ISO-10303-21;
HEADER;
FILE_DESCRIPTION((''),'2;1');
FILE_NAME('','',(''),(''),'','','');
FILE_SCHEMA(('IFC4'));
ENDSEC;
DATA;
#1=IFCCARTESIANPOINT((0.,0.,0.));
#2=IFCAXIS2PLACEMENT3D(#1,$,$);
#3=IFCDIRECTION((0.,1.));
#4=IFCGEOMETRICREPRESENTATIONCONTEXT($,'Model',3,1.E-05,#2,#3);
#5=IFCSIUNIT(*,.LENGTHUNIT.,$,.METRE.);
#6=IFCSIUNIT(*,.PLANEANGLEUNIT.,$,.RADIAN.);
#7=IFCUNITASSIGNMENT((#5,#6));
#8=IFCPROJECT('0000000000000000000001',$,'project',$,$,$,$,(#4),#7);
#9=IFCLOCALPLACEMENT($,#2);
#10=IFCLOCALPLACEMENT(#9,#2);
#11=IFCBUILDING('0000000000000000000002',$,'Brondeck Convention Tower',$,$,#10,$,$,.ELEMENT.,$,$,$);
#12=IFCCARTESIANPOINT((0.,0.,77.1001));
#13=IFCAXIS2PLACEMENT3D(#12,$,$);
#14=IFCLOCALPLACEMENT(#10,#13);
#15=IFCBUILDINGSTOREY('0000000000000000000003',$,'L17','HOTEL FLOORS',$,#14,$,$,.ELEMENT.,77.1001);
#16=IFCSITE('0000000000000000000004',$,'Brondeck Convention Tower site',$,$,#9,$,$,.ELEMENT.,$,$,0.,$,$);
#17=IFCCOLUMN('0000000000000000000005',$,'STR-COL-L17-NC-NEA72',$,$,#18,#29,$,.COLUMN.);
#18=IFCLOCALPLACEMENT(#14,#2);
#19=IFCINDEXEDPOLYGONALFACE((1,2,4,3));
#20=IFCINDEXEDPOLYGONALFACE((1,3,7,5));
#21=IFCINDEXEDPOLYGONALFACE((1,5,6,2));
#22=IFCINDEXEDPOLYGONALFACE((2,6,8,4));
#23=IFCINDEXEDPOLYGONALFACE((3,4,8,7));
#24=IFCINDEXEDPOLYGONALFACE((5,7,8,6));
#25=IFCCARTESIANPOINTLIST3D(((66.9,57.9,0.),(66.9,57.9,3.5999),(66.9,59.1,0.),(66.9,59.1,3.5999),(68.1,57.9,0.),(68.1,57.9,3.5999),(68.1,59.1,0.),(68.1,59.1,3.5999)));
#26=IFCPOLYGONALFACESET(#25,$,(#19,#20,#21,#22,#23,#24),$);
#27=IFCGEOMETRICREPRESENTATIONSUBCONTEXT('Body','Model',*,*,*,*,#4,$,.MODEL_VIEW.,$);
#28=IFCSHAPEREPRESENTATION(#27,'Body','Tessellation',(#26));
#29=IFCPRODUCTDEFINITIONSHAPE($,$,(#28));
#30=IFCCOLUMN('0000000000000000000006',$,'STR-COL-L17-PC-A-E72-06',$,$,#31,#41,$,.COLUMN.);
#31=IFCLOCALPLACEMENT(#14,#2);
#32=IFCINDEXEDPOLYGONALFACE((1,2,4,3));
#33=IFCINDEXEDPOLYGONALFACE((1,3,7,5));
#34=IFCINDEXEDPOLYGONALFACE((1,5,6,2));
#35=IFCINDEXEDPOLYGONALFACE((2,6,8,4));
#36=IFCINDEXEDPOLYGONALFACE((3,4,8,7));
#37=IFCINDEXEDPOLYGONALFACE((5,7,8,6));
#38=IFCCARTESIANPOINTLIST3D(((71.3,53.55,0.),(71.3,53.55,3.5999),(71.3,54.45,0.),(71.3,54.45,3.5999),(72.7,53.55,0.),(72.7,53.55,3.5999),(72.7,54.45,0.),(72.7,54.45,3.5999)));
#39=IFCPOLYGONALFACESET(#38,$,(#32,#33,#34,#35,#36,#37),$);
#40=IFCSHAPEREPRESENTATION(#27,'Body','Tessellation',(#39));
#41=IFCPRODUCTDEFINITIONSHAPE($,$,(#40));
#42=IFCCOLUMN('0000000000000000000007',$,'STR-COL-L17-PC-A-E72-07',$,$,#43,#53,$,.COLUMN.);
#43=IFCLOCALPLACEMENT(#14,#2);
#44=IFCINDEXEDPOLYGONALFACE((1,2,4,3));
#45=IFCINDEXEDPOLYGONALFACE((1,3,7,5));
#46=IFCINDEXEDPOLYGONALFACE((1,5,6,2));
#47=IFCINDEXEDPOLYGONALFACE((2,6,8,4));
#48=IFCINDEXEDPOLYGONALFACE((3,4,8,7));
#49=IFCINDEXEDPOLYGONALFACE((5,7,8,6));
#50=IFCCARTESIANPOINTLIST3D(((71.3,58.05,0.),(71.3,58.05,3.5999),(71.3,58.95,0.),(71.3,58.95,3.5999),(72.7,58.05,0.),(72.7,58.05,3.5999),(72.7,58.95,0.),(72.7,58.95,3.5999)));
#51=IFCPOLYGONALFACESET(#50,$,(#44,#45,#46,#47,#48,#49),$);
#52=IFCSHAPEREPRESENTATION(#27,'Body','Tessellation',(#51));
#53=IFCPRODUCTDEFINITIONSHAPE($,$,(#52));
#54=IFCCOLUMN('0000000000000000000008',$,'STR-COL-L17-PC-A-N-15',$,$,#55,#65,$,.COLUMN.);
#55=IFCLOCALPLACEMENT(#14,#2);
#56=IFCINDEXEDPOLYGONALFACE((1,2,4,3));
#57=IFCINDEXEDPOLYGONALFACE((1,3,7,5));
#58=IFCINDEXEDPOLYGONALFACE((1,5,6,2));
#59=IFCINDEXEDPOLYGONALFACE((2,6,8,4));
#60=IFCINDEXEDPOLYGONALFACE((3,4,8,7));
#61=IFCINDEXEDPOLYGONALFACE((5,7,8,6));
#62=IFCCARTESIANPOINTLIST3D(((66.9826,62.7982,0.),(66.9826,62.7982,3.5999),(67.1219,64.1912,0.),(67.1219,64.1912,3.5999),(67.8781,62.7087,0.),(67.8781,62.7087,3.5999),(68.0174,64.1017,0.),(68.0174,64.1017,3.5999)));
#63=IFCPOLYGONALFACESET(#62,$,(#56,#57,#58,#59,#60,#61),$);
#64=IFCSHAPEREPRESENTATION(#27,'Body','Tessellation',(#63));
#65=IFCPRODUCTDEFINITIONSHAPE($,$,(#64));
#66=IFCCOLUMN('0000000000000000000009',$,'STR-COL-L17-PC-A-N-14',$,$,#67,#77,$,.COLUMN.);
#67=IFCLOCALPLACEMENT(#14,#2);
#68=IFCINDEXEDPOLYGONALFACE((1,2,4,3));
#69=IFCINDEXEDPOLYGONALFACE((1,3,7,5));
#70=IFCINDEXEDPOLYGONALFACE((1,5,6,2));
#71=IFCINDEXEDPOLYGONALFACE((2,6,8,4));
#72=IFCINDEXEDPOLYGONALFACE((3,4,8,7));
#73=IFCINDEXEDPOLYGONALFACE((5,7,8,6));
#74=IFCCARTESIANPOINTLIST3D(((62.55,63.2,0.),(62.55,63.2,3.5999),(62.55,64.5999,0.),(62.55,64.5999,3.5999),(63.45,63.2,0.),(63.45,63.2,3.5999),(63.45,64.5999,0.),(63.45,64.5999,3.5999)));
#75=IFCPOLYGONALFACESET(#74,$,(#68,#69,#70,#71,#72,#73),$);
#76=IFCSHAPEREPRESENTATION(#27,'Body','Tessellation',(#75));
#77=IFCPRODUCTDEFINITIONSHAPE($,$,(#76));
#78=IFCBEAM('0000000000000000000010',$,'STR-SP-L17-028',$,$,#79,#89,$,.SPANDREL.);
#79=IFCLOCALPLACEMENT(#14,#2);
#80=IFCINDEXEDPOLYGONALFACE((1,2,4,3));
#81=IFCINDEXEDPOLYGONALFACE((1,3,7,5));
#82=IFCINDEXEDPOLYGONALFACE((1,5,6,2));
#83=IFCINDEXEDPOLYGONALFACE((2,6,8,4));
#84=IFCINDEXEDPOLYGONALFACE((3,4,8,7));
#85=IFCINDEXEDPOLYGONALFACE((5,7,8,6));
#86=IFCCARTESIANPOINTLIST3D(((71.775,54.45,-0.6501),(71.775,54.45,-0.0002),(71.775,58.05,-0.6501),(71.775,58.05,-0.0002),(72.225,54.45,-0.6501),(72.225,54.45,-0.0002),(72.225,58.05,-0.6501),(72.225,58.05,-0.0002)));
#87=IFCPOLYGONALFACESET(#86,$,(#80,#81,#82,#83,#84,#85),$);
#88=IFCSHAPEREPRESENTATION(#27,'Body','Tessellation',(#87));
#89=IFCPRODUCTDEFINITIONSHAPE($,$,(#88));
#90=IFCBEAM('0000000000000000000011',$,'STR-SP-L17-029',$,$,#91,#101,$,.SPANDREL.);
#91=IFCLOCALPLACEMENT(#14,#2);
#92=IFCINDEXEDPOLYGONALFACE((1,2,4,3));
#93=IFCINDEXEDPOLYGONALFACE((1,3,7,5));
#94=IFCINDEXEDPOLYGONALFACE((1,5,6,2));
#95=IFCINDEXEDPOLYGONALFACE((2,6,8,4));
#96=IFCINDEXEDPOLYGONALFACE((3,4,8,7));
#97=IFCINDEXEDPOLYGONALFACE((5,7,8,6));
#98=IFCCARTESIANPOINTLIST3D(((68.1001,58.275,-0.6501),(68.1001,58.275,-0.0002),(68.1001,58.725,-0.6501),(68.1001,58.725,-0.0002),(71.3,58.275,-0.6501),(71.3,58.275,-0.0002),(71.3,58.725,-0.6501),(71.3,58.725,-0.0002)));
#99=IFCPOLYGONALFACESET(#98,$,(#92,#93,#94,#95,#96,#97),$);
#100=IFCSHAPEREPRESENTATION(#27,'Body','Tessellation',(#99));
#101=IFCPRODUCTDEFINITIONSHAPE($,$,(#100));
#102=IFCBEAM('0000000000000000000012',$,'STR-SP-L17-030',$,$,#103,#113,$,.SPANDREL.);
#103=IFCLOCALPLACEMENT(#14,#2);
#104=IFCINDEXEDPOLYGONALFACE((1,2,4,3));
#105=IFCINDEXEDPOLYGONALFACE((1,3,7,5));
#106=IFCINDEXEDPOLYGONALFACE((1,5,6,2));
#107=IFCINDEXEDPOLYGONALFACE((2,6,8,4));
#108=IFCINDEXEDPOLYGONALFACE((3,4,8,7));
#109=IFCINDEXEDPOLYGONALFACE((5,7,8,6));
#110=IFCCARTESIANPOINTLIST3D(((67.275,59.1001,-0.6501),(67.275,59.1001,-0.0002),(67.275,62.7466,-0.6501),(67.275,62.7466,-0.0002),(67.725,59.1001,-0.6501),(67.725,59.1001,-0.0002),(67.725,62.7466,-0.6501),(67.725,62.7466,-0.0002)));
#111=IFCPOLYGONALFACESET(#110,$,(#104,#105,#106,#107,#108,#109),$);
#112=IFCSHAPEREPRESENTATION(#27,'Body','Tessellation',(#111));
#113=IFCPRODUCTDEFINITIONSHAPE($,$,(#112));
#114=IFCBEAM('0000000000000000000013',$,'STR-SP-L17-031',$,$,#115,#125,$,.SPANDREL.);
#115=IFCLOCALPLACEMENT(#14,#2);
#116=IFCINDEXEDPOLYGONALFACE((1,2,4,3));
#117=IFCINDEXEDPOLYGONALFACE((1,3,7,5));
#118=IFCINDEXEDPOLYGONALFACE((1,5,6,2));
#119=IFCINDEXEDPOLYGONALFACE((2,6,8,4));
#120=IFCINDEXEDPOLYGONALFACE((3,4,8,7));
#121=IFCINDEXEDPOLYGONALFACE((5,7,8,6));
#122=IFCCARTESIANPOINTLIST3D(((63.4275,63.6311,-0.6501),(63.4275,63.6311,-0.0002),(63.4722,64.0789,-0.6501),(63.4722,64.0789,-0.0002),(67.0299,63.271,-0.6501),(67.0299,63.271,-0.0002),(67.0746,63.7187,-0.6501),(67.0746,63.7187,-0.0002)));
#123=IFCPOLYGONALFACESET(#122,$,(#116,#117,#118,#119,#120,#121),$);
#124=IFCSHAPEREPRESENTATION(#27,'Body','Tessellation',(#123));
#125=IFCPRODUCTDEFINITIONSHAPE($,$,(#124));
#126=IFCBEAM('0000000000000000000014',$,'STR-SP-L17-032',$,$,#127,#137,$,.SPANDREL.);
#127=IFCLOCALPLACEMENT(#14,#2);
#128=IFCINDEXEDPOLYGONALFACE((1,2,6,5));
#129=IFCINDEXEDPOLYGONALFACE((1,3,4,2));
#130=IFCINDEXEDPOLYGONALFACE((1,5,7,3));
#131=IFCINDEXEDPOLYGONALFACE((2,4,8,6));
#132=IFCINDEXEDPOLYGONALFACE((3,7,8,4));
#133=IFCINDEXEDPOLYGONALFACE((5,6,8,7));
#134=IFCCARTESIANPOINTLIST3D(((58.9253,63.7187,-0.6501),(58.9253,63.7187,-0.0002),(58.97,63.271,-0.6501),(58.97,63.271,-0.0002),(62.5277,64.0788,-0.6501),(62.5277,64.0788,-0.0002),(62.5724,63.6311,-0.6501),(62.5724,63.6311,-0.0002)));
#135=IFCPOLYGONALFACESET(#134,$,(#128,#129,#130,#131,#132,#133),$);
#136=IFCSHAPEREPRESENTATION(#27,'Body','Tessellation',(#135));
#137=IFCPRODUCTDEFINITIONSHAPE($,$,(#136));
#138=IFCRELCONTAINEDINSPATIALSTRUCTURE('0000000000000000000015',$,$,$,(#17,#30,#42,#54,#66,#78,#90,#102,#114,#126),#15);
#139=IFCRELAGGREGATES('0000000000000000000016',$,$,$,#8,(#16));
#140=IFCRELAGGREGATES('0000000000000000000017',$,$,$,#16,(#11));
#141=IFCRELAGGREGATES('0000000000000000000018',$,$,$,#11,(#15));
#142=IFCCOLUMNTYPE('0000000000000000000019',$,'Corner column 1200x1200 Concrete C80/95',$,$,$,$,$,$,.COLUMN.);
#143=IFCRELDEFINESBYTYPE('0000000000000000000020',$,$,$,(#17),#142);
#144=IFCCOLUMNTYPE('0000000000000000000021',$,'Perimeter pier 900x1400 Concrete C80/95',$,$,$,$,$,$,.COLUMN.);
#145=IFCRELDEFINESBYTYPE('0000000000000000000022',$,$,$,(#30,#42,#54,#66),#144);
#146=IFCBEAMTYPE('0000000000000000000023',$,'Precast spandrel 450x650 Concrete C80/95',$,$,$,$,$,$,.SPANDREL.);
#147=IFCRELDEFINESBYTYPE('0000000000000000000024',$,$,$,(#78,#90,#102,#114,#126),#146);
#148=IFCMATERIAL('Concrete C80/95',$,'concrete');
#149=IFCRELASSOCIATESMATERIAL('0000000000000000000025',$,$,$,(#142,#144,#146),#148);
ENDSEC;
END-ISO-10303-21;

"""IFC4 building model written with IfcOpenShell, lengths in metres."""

from ifc_helpers import new_model, si_unit, direction, frame, origin, origin_2d, place, context, subcontext, project, spatial, rectangle, extrude, material, material_profile, profile_set, type_object, element, save


model = new_model("IFC4")

# Units and contexts
model_context = context("Model", 3, precision=1e-05, world=origin(), true_north=direction((0.0, 1.0)))
body_context = subcontext(model_context, "Body", "Model", "MODEL_VIEW")
ifc_project = project(units=[si_unit("LENGTHUNIT", "METRE"), si_unit("PLANEANGLEUNIT", "RADIAN")], contexts=[model_context])

# Site, building, storey
site_placement = place(None, origin())
site = spatial("IfcSite", under=ifc_project, at=site_placement, Name="Brondeck Convention Tower site", CompositionType="ELEMENT", RefElevation=0.0)
building_placement = place(site_placement, origin())
building = spatial("IfcBuilding", under=site, at=building_placement, Name="Brondeck Convention Tower", CompositionType="ELEMENT")
storey_placement = place(building_placement, frame((0.0, 0.0, 77.1001)))
storey = spatial("IfcBuildingStorey", under=building, at=storey_placement, Name="L17", Description="HOTEL FLOORS", CompositionType="ELEMENT", Elevation=77.1001)

# Columns
ifc_material_1 = material(Name="Concrete C80/95", Category="concrete")
ifc_material_profile_1 = material_profile(ifc_material_1, rectangle(XDim=1.2, YDim=1.2, at=origin_2d()), Name="Corner column 1200x1200 Concrete C80/95")
ifc_profile_set_1 = profile_set([ifc_material_profile_1], Name="Concrete C80/95")
column_type_1 = type_object("IfcColumnType", Name="Corner column 1200x1200 Concrete C80/95", PredefinedType="COLUMN", material=ifc_profile_set_1)
column_placement = place(storey_placement, frame((67.5, 58.5, 0.0), z_axis=(0.0, 0.0, 1.0), x_axis=(1.0, 0.0, 0.0)))
element("IfcColumn", 1, at=column_placement, inside=storey, type_object=column_type_1, Name="STR-COL-L17-NC-NEA72", PredefinedType="COLUMN", context=body_context, shape_type="SweptSolid", body=[
    extrude(rectangle(XDim=1.2, YDim=1.2, at=origin_2d()), origin(), (0.0, 0.0, 1.0), 3.5999),
])
ifc_material_profile_2 = material_profile(ifc_material_1, rectangle(XDim=0.8999, YDim=1.3999, at=origin_2d()), Name="Perimeter pier 900x1400 Concrete C80/95")
ifc_profile_set_2 = profile_set([ifc_material_profile_2], Name="Concrete C80/95")
column_type_2 = type_object("IfcColumnType", Name="Perimeter pier 900x1400 Concrete C80/95", PredefinedType="COLUMN", material=ifc_profile_set_2)
for number, where, z_axis, x_axis, name in (
    (2, (72.0, 54.0, 0.0), (0.0, 0.0, 1.0), (0.0, 1.0, 0.0), "STR-COL-L17-PC-A-E72-06"),
    (3, (72.0, 58.5, 0.0), (0.0, 0.0, 1.0), (0.0, 1.0, 0.0), "STR-COL-L17-PC-A-E72-07"),
    (4, (67.5, 63.45, 0.0), (0.0, 0.0, 1.0), (-0.995037, 0.099504, 0.0), "STR-COL-L17-PC-A-N-15"),
    (5, (63.0, 63.8999, 0.0), (0.0, 0.0, 1.0), (-1.0, 0.0, 0.0), "STR-COL-L17-PC-A-N-14"),
):
    element("IfcColumn", number, at=place(storey_placement, frame(where, z_axis=z_axis, x_axis=x_axis)), inside=storey, type_object=column_type_2, Name=name, PredefinedType="COLUMN", context=body_context, shape_type="SweptSolid", body=[
        extrude(rectangle(XDim=0.8999, YDim=1.3999, at=origin_2d()), origin(), (0.0, 0.0, 1.0), 3.5999),
    ])

# Beams
ifc_material_profile_3 = material_profile(ifc_material_1, rectangle(XDim=0.45, YDim=0.6499, at=origin_2d()), Name="Precast spandrel 450x650 Concrete C80/95")
ifc_profile_set_3 = profile_set([ifc_material_profile_3], Name="Concrete C80/95")
beam_type = type_object("IfcBeamType", Name="Precast spandrel 450x650 Concrete C80/95", PredefinedType="SPANDREL", material=ifc_profile_set_3)
beam_1_placement = place(storey_placement, frame((72.0, 54.45, -0.3252), z_axis=(0.0, 1.0, 0.0), x_axis=(-1.0, 0.0, 0.0)))
element("IfcBeam", 6, at=beam_1_placement, inside=storey, type_object=beam_type, Name="STR-SP-L17-028", PredefinedType="SPANDREL", context=body_context, shape_type="SweptSolid", body=[
    extrude(rectangle(XDim=0.45, YDim=0.6499, at=origin_2d()), origin(), (0.0, 0.0, 1.0), 3.6001),
])
beam_2_placement = place(storey_placement, frame((71.3, 58.5, -0.3252), z_axis=(-1.0, 0.0, 0.0), x_axis=(0.0, -1.0, 0.0)))
element("IfcBeam", 7, at=beam_2_placement, inside=storey, type_object=beam_type, Name="STR-SP-L17-029", PredefinedType="SPANDREL", context=body_context, shape_type="SweptSolid", body=[
    extrude(rectangle(XDim=0.45, YDim=0.6499, at=origin_2d()), origin(), (0.0, 0.0, 1.0), 3.2),
])
beam_3_placement = place(storey_placement, frame((67.5, 59.1001, -0.3252), z_axis=(0.0, 1.0, 0.0), x_axis=(-1.0, 0.0, 0.0)))
element("IfcBeam", 8, at=beam_3_placement, inside=storey, type_object=beam_type, Name="STR-SP-L17-030", PredefinedType="SPANDREL", context=body_context, shape_type="SweptSolid", body=[
    extrude(rectangle(XDim=0.45, YDim=0.6499, at=origin_2d()), origin(), (0.0, 0.0, 1.0), 3.6465),
])
for number, where, z_axis, x_axis, name in (
    (9, (67.0522, 63.4949, -0.3252), (-0.995041, 0.09947, 0.0), (-0.09947, -0.995041, 0.0), "STR-SP-L17-031"),
    (10, (62.55, 63.855, -0.3252), (-0.995041, -0.09947, 0.0), (0.09947, -0.995041, 0.0), "STR-SP-L17-032"),
):
    element("IfcBeam", number, at=place(storey_placement, frame(where, z_axis=z_axis, x_axis=x_axis)), inside=storey, type_object=beam_type, Name=name, PredefinedType="SPANDREL", context=body_context, shape_type="SweptSolid", body=[
        extrude(rectangle(XDim=0.45, YDim=0.6499, at=origin_2d()), origin(), (0.0, 0.0, 1.0), 3.6204),
    ])

save(model, "model.ifc")
